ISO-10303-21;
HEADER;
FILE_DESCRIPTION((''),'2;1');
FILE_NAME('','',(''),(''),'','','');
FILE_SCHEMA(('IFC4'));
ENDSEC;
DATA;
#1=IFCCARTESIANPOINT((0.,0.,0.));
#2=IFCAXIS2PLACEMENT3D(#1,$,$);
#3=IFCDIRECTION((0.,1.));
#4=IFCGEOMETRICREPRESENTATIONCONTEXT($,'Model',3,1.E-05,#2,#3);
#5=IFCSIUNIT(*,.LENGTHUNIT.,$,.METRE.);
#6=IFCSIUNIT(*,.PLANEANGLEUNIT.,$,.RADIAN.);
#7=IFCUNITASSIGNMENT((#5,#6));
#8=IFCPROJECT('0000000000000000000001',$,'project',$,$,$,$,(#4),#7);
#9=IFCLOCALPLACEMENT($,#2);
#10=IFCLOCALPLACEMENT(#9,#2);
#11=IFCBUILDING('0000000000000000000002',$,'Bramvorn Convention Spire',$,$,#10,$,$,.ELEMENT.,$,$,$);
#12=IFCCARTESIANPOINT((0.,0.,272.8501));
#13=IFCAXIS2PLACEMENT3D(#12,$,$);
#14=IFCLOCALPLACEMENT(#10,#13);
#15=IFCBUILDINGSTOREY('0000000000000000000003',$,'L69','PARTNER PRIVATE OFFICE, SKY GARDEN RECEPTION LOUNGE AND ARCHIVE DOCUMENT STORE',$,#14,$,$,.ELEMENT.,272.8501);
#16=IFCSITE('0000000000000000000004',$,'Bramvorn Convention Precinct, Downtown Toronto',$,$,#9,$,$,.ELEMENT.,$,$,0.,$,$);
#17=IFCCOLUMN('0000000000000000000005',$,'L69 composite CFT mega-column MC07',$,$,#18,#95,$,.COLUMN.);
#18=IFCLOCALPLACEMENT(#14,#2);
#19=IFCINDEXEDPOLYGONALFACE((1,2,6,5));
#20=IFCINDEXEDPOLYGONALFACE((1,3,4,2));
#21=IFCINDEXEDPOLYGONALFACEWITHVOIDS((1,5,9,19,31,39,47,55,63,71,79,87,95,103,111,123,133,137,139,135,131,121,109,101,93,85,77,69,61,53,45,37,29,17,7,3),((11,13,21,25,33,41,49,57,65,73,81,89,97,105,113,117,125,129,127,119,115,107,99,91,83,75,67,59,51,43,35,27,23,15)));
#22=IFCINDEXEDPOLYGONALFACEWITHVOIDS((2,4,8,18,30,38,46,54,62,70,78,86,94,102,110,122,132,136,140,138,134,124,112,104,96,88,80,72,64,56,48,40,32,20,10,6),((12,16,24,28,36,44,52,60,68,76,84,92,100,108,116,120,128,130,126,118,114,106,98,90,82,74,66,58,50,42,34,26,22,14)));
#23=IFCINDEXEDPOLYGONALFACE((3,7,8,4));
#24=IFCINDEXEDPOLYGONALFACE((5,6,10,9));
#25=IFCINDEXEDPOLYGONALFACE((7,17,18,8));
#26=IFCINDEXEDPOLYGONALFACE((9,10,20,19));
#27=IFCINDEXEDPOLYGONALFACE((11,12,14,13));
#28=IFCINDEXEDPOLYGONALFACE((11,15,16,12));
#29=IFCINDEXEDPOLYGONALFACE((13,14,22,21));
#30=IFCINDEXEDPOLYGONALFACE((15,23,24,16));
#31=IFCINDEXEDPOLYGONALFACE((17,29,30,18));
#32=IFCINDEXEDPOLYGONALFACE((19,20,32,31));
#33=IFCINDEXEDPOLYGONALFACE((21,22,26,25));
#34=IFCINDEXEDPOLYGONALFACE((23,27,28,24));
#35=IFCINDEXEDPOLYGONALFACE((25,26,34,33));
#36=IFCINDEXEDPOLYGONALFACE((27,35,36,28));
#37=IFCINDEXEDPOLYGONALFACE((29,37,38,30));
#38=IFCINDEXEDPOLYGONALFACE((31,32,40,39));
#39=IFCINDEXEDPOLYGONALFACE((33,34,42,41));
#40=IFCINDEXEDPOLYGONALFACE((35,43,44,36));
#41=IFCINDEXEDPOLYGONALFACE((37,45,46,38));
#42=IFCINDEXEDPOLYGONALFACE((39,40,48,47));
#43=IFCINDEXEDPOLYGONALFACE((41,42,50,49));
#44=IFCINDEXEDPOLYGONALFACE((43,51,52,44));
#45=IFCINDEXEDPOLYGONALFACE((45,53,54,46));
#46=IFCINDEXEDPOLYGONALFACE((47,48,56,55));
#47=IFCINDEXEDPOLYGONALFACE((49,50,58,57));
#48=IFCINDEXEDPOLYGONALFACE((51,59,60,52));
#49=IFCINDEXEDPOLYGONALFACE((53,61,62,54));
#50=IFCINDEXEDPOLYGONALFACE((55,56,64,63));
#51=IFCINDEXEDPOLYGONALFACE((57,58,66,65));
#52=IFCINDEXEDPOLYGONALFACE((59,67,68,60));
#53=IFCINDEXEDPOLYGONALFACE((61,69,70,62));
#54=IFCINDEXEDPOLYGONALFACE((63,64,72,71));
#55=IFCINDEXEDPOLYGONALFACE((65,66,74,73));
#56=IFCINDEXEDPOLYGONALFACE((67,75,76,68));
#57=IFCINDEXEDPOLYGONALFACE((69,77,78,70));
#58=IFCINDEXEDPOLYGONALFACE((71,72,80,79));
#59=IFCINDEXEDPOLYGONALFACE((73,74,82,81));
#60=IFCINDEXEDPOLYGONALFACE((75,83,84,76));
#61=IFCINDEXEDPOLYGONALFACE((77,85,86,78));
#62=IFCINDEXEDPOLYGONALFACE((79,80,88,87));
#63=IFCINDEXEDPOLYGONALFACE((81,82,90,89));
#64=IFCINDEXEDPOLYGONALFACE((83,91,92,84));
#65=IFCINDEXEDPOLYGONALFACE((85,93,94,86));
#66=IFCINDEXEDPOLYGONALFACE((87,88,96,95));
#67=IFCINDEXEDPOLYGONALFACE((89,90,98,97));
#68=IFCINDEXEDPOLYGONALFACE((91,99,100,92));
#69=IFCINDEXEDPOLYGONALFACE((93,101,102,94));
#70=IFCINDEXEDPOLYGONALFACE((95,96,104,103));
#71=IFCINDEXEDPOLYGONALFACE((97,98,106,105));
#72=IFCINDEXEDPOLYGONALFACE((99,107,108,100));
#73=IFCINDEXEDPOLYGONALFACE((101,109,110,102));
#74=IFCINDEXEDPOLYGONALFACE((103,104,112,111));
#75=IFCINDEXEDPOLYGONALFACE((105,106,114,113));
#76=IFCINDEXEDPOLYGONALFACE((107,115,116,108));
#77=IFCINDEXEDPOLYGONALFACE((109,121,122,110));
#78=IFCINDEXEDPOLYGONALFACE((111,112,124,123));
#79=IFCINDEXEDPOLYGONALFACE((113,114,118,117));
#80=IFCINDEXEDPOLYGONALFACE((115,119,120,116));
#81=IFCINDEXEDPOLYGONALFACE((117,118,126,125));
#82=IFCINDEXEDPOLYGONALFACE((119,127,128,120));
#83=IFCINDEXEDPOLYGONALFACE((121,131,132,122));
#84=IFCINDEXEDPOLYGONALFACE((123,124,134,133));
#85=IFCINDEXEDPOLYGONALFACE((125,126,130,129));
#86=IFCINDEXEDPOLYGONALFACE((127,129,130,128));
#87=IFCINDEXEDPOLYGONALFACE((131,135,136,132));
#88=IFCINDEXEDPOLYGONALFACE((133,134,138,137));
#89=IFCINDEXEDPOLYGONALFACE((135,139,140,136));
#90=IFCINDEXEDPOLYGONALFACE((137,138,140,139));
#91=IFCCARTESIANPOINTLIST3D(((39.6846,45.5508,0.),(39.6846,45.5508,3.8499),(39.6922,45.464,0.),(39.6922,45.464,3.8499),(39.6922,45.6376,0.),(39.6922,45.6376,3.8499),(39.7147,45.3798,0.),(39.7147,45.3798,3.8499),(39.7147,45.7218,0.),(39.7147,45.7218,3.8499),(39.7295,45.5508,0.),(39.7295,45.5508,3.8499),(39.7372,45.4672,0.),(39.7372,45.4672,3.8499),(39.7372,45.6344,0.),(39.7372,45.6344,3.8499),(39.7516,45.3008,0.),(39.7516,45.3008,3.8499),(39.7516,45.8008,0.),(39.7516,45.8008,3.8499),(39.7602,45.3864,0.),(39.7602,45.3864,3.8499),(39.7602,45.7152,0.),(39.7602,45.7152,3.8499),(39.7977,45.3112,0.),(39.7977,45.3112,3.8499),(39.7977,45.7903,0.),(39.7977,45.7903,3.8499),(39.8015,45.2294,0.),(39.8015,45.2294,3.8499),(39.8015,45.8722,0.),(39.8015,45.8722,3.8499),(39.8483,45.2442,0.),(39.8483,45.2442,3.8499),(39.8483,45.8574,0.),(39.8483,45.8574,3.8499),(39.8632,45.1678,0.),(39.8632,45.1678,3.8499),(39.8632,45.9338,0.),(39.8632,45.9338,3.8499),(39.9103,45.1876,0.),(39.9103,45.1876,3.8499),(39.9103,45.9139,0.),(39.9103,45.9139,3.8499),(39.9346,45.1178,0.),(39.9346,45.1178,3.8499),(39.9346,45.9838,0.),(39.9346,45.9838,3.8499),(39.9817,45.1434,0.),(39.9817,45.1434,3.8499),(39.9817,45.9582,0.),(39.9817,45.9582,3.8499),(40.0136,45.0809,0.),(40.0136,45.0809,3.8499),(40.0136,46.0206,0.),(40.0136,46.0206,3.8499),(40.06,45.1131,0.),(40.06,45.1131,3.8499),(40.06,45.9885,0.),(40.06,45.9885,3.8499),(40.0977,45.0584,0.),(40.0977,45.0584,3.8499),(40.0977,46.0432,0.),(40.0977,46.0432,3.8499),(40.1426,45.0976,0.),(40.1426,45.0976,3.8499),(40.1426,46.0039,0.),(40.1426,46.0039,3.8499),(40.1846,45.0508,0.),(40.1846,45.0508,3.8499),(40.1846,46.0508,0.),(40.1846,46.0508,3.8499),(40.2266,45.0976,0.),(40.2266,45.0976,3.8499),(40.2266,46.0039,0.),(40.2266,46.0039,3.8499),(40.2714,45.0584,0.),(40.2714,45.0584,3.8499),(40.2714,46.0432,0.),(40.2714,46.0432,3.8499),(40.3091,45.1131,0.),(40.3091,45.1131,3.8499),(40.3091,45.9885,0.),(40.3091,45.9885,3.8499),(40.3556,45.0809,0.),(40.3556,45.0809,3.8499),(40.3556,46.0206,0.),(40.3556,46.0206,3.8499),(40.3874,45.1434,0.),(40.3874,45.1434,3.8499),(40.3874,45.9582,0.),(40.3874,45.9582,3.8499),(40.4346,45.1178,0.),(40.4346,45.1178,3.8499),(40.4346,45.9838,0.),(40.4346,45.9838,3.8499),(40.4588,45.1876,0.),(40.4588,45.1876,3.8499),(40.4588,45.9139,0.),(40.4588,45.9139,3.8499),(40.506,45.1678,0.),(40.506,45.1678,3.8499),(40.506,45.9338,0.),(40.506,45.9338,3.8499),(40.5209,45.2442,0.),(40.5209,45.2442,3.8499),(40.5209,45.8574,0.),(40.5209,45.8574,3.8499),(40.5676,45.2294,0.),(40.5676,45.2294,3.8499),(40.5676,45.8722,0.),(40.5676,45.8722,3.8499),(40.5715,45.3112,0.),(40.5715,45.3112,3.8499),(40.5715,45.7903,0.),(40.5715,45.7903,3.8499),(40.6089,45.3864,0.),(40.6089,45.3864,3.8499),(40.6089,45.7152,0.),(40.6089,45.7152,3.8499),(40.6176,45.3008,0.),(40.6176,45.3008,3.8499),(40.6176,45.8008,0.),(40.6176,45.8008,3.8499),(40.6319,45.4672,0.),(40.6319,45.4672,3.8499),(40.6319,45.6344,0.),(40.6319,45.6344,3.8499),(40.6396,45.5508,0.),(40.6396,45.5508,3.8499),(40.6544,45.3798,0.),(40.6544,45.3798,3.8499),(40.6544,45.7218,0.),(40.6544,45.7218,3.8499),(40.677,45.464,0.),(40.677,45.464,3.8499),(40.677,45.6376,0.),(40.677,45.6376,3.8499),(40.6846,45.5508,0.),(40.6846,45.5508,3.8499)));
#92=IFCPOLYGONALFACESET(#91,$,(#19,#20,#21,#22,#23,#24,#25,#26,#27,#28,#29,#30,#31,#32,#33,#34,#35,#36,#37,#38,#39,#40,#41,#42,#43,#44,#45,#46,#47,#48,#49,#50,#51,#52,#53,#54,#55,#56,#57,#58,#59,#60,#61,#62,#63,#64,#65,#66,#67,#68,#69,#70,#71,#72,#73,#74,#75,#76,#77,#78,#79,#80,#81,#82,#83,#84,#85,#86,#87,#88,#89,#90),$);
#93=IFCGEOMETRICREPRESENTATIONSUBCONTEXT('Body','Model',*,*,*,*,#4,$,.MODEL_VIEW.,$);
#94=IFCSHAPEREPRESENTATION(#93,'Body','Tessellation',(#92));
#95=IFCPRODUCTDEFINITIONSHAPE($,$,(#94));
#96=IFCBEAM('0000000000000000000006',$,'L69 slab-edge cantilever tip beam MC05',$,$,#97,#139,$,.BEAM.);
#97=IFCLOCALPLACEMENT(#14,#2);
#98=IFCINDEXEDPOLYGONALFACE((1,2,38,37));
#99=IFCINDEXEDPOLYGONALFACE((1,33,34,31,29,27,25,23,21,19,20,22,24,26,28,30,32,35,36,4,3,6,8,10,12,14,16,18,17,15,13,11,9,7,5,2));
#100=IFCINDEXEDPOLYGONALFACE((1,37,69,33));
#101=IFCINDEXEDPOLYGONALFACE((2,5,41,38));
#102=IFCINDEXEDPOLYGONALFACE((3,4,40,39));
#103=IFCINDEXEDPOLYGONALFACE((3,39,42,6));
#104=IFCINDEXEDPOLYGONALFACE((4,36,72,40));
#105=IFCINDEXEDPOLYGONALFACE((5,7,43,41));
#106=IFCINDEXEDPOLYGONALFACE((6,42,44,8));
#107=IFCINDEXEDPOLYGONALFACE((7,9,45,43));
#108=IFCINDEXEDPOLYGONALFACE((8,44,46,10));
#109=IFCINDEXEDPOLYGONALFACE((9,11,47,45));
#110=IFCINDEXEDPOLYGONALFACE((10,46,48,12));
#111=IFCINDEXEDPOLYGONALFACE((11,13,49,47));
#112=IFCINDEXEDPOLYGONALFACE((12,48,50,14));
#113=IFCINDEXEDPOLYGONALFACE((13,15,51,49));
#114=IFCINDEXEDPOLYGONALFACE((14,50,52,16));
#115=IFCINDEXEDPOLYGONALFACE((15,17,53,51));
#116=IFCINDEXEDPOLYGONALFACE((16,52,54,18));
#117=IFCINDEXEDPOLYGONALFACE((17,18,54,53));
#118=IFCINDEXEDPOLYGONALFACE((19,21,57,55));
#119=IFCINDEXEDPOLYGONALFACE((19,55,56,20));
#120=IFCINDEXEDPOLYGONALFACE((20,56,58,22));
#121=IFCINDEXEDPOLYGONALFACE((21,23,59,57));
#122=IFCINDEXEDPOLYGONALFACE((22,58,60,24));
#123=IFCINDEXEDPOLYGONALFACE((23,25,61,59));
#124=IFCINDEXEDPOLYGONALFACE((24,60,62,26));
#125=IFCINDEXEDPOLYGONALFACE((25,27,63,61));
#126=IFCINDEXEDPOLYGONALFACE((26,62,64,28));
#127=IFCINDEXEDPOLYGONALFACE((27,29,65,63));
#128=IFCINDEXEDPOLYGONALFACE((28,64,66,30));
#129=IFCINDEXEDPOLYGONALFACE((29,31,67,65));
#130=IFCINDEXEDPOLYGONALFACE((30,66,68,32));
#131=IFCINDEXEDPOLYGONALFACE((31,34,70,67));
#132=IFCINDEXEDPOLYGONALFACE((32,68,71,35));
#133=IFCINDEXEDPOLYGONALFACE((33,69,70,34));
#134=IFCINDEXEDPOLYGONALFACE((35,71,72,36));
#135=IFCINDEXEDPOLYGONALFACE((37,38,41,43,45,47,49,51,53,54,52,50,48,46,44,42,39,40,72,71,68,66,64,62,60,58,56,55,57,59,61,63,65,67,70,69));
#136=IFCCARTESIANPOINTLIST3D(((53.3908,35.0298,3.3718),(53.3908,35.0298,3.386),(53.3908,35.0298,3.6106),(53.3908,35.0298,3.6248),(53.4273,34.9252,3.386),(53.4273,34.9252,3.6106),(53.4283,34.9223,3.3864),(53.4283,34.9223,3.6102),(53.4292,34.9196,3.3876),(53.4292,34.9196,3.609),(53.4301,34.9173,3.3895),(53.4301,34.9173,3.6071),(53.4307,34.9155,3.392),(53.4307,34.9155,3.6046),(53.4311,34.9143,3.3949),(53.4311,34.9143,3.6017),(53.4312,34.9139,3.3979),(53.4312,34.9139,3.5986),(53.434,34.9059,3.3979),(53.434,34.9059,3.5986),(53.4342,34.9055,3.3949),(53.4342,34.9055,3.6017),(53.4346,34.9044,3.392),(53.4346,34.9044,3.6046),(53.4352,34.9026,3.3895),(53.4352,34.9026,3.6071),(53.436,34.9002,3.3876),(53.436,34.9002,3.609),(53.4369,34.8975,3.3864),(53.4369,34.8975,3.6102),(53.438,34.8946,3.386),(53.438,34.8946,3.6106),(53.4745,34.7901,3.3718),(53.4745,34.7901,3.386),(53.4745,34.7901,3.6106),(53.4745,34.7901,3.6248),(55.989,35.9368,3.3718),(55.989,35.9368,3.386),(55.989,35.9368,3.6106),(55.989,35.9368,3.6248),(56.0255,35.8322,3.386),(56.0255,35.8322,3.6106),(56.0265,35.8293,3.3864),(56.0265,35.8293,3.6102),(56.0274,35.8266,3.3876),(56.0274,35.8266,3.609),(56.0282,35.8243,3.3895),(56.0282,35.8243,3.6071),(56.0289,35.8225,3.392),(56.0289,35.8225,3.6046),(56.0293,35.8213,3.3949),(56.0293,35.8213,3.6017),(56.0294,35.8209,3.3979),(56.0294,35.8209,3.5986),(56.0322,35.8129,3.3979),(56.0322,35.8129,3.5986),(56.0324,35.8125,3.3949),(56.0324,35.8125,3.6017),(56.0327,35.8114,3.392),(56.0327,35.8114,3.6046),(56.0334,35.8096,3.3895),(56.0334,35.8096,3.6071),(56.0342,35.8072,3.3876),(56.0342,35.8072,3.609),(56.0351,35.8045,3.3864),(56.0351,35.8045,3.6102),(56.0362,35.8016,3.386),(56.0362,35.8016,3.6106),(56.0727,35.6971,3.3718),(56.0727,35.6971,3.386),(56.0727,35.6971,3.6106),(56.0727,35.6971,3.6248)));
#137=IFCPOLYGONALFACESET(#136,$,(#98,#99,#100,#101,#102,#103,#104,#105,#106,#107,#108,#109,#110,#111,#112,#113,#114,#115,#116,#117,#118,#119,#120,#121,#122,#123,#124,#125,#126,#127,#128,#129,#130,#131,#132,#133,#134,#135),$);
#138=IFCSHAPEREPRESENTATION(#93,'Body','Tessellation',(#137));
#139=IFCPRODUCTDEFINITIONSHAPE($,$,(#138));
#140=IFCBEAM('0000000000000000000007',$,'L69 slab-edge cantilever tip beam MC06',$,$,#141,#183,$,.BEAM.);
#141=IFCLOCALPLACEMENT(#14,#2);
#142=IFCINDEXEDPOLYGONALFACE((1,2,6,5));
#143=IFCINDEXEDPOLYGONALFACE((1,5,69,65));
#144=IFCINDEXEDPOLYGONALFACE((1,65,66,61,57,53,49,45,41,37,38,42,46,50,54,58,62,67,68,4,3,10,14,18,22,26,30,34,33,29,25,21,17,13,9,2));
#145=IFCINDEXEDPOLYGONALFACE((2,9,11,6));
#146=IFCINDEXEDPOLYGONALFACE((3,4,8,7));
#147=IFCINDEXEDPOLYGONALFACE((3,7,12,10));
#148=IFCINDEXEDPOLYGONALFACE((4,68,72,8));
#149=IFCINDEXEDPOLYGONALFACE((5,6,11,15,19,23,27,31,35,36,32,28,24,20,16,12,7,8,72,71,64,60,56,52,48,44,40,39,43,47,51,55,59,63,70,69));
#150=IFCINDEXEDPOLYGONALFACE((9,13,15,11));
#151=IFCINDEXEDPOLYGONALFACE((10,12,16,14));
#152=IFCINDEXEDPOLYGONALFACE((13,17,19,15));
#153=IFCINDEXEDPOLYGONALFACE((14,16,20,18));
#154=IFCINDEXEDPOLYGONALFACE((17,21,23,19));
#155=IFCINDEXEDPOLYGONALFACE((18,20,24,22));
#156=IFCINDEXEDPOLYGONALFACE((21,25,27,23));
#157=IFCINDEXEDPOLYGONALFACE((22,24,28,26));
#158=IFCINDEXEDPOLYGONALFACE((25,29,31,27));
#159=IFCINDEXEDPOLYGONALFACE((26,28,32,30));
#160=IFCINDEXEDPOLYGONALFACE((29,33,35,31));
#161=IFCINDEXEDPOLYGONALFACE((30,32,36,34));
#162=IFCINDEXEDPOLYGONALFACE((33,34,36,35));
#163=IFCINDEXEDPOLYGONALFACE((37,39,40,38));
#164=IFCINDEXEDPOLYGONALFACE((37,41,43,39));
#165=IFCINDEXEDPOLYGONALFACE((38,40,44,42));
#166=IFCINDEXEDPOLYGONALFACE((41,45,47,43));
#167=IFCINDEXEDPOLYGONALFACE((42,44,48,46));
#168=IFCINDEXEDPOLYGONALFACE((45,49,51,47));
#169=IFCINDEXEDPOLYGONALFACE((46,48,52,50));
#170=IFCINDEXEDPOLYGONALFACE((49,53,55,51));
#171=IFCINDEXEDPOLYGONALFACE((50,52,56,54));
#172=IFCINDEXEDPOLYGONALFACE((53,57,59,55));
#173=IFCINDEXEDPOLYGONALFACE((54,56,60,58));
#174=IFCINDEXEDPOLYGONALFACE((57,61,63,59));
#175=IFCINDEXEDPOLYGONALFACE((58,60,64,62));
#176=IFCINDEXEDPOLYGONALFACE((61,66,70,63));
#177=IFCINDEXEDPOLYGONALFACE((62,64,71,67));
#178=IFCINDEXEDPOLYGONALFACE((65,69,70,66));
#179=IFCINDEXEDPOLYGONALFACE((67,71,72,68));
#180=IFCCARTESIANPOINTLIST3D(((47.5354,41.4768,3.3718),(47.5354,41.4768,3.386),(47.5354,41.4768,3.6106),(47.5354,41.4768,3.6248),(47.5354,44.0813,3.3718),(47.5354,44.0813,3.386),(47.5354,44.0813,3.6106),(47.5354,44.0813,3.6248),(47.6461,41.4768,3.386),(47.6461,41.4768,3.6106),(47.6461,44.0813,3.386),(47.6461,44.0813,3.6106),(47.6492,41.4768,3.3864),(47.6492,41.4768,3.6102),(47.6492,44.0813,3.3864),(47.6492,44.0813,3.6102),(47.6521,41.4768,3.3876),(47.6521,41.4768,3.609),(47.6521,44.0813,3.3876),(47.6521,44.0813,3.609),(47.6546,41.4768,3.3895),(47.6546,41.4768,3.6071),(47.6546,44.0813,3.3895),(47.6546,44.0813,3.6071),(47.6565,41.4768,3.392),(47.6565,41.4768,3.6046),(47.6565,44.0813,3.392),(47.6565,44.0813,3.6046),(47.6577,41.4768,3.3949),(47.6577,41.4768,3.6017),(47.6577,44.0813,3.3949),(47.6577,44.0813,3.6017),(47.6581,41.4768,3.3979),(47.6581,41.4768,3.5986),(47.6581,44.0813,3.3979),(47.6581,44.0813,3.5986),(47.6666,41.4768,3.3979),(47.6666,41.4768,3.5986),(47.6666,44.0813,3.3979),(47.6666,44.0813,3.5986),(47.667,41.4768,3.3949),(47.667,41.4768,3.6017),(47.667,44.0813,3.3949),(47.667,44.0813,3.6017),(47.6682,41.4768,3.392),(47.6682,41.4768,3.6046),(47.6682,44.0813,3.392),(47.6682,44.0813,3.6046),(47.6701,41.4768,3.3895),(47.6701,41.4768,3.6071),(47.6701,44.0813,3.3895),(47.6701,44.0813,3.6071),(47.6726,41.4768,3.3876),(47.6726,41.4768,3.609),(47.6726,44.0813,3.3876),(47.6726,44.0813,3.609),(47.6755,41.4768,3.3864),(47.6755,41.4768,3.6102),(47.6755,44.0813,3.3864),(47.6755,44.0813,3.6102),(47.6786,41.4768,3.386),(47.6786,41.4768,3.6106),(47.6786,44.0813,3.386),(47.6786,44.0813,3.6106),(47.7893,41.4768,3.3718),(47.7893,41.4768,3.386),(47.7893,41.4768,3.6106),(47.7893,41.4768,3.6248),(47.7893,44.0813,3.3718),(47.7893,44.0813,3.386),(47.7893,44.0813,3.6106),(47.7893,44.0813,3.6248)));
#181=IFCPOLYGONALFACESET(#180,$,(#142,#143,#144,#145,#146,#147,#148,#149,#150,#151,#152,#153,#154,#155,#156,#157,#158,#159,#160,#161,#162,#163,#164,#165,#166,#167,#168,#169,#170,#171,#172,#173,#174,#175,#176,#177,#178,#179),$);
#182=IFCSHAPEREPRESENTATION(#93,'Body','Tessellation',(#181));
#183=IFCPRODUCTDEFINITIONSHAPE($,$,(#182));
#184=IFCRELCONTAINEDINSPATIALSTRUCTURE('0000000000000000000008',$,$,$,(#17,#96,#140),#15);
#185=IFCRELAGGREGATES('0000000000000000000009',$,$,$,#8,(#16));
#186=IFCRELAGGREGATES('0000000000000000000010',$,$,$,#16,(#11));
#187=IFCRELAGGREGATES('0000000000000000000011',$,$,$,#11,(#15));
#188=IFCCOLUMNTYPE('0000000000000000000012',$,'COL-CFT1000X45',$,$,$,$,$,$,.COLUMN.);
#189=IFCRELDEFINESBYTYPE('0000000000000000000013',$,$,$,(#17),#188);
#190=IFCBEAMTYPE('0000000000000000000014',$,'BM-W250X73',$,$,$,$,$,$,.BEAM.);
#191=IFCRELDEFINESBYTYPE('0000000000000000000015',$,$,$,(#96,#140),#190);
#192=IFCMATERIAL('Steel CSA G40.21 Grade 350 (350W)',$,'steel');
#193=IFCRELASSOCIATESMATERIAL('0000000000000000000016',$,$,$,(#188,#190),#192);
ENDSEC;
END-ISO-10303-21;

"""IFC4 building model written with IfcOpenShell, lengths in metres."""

from ifc_helpers import new_model, si_unit, direction, frame, origin, origin_2d, place, context, subcontext, project, spatial, hollow_circle, i_section, extrude, material, material_profile, profile_set, type_object, element, save


model = new_model("IFC4")

# Units and contexts
model_context = context("Model", 3, precision=1e-05, world=origin(), true_north=direction((0.0, 1.0)))
body_context = subcontext(model_context, "Body", "Model", "MODEL_VIEW")
ifc_project = project(units=[si_unit("LENGTHUNIT", "METRE"), si_unit("PLANEANGLEUNIT", "RADIAN")], contexts=[model_context])

# Site, building, storey
site_placement = place(None, origin())
site = spatial("IfcSite", under=ifc_project, at=site_placement, Name="Bramvorn Convention Precinct, Downtown Toronto", CompositionType="ELEMENT", RefElevation=0.0)
building_placement = place(site_placement, origin())
building = spatial("IfcBuilding", under=site, at=building_placement, Name="Bramvorn Convention Spire", CompositionType="ELEMENT")
storey_placement = place(building_placement, frame((0.0, 0.0, 272.8501)))
storey = spatial("IfcBuildingStorey", under=building, at=storey_placement, Name="L69", Description="PARTNER PRIVATE OFFICE, SKY GARDEN RECEPTION LOUNGE AND ARCHIVE DOCUMENT STORE", CompositionType="ELEMENT", Elevation=272.8501)

# Column
ifc_material_1 = material(Name="Steel CSA G40.21 Grade 350 (350W)", Category="steel")
ifc_material_profile_1 = material_profile(ifc_material_1, hollow_circle(Radius=0.5, WallThickness=0.0449, at=origin_2d()))
ifc_profile_set_1 = profile_set([ifc_material_profile_1], Name="Steel CSA G40.21 Grade 350 (350W) - CFT1000X45")
column_type = type_object("IfcColumnType", Name="COL-CFT1000X45", PredefinedType="COLUMN", material=ifc_profile_set_1)
for number, where, z_axis, x_axis, name in (
    (1, (40.1846, 45.5508, 0.0), (0.0, 0.0, 1.0), (1.0, 0.0, 0.0), "L69 composite CFT mega-column MC07"),
):
    element("IfcColumn", number, at=place(storey_placement, frame(where, z_axis=z_axis, x_axis=x_axis)), inside=storey, type_object=column_type, Name=name, PredefinedType="COLUMN", context=body_context, shape_type="SweptSolid", body=[
        extrude(hollow_circle(Radius=0.5, WallThickness=0.0449, at=origin_2d()), origin(), (0.0, 0.0, 1.0), 3.8499),
    ])

# Beams
ifc_material_profile_2 = material_profile(ifc_material_1, i_section(OverallWidth=0.2539, OverallDepth=0.2529, WebThickness=0.0085, FlangeThickness=0.0142, FilletRadius=0.012, at=origin_2d()))
ifc_profile_set_2 = profile_set([ifc_material_profile_2], Name="Steel CSA G40.21 Grade 350 (350W) - W250X73")
beam_type_1 = type_object("IfcBeamType", Name="BM-W250X73", PredefinedType="BEAM", material=ifc_profile_set_2)
beam_1_placement = place(storey_placement, frame((53.4326, 34.9099, 3.4983), z_axis=(0.944126, 0.329584, 0.0), x_axis=(-0.329584, 0.944126, 0.0)))
element("IfcBeam", 2, at=beam_1_placement, inside=storey, type_object=beam_type_1, Name="L69 slab-edge cantilever tip beam MC05", PredefinedType="BEAM", context=body_context, shape_type="SweptSolid", body=[
    extrude(i_section(OverallWidth=0.2539, OverallDepth=0.2529, WebThickness=0.0085, FlangeThickness=0.0142, FilletRadius=0.012, at=origin_2d()), origin(), (0.0, 0.0, 1.0), 2.752),
])
beam_2_placement = place(storey_placement, frame((47.6624, 41.4768, 3.4983), z_axis=(0.0, 1.0, 0.0), x_axis=(-1.0, 0.0, 0.0)))
element("IfcBeam", 3, at=beam_2_placement, inside=storey, type_object=beam_type_1, Name="L69 slab-edge cantilever tip beam MC06", PredefinedType="BEAM", context=body_context, shape_type="SweptSolid", body=[
    extrude(i_section(OverallWidth=0.2539, OverallDepth=0.2529, WebThickness=0.0085, FlangeThickness=0.0142, FilletRadius=0.012, at=origin_2d()), origin(), (0.0, 0.0, 1.0), 2.6045),
])

save(model, "model.ifc")
